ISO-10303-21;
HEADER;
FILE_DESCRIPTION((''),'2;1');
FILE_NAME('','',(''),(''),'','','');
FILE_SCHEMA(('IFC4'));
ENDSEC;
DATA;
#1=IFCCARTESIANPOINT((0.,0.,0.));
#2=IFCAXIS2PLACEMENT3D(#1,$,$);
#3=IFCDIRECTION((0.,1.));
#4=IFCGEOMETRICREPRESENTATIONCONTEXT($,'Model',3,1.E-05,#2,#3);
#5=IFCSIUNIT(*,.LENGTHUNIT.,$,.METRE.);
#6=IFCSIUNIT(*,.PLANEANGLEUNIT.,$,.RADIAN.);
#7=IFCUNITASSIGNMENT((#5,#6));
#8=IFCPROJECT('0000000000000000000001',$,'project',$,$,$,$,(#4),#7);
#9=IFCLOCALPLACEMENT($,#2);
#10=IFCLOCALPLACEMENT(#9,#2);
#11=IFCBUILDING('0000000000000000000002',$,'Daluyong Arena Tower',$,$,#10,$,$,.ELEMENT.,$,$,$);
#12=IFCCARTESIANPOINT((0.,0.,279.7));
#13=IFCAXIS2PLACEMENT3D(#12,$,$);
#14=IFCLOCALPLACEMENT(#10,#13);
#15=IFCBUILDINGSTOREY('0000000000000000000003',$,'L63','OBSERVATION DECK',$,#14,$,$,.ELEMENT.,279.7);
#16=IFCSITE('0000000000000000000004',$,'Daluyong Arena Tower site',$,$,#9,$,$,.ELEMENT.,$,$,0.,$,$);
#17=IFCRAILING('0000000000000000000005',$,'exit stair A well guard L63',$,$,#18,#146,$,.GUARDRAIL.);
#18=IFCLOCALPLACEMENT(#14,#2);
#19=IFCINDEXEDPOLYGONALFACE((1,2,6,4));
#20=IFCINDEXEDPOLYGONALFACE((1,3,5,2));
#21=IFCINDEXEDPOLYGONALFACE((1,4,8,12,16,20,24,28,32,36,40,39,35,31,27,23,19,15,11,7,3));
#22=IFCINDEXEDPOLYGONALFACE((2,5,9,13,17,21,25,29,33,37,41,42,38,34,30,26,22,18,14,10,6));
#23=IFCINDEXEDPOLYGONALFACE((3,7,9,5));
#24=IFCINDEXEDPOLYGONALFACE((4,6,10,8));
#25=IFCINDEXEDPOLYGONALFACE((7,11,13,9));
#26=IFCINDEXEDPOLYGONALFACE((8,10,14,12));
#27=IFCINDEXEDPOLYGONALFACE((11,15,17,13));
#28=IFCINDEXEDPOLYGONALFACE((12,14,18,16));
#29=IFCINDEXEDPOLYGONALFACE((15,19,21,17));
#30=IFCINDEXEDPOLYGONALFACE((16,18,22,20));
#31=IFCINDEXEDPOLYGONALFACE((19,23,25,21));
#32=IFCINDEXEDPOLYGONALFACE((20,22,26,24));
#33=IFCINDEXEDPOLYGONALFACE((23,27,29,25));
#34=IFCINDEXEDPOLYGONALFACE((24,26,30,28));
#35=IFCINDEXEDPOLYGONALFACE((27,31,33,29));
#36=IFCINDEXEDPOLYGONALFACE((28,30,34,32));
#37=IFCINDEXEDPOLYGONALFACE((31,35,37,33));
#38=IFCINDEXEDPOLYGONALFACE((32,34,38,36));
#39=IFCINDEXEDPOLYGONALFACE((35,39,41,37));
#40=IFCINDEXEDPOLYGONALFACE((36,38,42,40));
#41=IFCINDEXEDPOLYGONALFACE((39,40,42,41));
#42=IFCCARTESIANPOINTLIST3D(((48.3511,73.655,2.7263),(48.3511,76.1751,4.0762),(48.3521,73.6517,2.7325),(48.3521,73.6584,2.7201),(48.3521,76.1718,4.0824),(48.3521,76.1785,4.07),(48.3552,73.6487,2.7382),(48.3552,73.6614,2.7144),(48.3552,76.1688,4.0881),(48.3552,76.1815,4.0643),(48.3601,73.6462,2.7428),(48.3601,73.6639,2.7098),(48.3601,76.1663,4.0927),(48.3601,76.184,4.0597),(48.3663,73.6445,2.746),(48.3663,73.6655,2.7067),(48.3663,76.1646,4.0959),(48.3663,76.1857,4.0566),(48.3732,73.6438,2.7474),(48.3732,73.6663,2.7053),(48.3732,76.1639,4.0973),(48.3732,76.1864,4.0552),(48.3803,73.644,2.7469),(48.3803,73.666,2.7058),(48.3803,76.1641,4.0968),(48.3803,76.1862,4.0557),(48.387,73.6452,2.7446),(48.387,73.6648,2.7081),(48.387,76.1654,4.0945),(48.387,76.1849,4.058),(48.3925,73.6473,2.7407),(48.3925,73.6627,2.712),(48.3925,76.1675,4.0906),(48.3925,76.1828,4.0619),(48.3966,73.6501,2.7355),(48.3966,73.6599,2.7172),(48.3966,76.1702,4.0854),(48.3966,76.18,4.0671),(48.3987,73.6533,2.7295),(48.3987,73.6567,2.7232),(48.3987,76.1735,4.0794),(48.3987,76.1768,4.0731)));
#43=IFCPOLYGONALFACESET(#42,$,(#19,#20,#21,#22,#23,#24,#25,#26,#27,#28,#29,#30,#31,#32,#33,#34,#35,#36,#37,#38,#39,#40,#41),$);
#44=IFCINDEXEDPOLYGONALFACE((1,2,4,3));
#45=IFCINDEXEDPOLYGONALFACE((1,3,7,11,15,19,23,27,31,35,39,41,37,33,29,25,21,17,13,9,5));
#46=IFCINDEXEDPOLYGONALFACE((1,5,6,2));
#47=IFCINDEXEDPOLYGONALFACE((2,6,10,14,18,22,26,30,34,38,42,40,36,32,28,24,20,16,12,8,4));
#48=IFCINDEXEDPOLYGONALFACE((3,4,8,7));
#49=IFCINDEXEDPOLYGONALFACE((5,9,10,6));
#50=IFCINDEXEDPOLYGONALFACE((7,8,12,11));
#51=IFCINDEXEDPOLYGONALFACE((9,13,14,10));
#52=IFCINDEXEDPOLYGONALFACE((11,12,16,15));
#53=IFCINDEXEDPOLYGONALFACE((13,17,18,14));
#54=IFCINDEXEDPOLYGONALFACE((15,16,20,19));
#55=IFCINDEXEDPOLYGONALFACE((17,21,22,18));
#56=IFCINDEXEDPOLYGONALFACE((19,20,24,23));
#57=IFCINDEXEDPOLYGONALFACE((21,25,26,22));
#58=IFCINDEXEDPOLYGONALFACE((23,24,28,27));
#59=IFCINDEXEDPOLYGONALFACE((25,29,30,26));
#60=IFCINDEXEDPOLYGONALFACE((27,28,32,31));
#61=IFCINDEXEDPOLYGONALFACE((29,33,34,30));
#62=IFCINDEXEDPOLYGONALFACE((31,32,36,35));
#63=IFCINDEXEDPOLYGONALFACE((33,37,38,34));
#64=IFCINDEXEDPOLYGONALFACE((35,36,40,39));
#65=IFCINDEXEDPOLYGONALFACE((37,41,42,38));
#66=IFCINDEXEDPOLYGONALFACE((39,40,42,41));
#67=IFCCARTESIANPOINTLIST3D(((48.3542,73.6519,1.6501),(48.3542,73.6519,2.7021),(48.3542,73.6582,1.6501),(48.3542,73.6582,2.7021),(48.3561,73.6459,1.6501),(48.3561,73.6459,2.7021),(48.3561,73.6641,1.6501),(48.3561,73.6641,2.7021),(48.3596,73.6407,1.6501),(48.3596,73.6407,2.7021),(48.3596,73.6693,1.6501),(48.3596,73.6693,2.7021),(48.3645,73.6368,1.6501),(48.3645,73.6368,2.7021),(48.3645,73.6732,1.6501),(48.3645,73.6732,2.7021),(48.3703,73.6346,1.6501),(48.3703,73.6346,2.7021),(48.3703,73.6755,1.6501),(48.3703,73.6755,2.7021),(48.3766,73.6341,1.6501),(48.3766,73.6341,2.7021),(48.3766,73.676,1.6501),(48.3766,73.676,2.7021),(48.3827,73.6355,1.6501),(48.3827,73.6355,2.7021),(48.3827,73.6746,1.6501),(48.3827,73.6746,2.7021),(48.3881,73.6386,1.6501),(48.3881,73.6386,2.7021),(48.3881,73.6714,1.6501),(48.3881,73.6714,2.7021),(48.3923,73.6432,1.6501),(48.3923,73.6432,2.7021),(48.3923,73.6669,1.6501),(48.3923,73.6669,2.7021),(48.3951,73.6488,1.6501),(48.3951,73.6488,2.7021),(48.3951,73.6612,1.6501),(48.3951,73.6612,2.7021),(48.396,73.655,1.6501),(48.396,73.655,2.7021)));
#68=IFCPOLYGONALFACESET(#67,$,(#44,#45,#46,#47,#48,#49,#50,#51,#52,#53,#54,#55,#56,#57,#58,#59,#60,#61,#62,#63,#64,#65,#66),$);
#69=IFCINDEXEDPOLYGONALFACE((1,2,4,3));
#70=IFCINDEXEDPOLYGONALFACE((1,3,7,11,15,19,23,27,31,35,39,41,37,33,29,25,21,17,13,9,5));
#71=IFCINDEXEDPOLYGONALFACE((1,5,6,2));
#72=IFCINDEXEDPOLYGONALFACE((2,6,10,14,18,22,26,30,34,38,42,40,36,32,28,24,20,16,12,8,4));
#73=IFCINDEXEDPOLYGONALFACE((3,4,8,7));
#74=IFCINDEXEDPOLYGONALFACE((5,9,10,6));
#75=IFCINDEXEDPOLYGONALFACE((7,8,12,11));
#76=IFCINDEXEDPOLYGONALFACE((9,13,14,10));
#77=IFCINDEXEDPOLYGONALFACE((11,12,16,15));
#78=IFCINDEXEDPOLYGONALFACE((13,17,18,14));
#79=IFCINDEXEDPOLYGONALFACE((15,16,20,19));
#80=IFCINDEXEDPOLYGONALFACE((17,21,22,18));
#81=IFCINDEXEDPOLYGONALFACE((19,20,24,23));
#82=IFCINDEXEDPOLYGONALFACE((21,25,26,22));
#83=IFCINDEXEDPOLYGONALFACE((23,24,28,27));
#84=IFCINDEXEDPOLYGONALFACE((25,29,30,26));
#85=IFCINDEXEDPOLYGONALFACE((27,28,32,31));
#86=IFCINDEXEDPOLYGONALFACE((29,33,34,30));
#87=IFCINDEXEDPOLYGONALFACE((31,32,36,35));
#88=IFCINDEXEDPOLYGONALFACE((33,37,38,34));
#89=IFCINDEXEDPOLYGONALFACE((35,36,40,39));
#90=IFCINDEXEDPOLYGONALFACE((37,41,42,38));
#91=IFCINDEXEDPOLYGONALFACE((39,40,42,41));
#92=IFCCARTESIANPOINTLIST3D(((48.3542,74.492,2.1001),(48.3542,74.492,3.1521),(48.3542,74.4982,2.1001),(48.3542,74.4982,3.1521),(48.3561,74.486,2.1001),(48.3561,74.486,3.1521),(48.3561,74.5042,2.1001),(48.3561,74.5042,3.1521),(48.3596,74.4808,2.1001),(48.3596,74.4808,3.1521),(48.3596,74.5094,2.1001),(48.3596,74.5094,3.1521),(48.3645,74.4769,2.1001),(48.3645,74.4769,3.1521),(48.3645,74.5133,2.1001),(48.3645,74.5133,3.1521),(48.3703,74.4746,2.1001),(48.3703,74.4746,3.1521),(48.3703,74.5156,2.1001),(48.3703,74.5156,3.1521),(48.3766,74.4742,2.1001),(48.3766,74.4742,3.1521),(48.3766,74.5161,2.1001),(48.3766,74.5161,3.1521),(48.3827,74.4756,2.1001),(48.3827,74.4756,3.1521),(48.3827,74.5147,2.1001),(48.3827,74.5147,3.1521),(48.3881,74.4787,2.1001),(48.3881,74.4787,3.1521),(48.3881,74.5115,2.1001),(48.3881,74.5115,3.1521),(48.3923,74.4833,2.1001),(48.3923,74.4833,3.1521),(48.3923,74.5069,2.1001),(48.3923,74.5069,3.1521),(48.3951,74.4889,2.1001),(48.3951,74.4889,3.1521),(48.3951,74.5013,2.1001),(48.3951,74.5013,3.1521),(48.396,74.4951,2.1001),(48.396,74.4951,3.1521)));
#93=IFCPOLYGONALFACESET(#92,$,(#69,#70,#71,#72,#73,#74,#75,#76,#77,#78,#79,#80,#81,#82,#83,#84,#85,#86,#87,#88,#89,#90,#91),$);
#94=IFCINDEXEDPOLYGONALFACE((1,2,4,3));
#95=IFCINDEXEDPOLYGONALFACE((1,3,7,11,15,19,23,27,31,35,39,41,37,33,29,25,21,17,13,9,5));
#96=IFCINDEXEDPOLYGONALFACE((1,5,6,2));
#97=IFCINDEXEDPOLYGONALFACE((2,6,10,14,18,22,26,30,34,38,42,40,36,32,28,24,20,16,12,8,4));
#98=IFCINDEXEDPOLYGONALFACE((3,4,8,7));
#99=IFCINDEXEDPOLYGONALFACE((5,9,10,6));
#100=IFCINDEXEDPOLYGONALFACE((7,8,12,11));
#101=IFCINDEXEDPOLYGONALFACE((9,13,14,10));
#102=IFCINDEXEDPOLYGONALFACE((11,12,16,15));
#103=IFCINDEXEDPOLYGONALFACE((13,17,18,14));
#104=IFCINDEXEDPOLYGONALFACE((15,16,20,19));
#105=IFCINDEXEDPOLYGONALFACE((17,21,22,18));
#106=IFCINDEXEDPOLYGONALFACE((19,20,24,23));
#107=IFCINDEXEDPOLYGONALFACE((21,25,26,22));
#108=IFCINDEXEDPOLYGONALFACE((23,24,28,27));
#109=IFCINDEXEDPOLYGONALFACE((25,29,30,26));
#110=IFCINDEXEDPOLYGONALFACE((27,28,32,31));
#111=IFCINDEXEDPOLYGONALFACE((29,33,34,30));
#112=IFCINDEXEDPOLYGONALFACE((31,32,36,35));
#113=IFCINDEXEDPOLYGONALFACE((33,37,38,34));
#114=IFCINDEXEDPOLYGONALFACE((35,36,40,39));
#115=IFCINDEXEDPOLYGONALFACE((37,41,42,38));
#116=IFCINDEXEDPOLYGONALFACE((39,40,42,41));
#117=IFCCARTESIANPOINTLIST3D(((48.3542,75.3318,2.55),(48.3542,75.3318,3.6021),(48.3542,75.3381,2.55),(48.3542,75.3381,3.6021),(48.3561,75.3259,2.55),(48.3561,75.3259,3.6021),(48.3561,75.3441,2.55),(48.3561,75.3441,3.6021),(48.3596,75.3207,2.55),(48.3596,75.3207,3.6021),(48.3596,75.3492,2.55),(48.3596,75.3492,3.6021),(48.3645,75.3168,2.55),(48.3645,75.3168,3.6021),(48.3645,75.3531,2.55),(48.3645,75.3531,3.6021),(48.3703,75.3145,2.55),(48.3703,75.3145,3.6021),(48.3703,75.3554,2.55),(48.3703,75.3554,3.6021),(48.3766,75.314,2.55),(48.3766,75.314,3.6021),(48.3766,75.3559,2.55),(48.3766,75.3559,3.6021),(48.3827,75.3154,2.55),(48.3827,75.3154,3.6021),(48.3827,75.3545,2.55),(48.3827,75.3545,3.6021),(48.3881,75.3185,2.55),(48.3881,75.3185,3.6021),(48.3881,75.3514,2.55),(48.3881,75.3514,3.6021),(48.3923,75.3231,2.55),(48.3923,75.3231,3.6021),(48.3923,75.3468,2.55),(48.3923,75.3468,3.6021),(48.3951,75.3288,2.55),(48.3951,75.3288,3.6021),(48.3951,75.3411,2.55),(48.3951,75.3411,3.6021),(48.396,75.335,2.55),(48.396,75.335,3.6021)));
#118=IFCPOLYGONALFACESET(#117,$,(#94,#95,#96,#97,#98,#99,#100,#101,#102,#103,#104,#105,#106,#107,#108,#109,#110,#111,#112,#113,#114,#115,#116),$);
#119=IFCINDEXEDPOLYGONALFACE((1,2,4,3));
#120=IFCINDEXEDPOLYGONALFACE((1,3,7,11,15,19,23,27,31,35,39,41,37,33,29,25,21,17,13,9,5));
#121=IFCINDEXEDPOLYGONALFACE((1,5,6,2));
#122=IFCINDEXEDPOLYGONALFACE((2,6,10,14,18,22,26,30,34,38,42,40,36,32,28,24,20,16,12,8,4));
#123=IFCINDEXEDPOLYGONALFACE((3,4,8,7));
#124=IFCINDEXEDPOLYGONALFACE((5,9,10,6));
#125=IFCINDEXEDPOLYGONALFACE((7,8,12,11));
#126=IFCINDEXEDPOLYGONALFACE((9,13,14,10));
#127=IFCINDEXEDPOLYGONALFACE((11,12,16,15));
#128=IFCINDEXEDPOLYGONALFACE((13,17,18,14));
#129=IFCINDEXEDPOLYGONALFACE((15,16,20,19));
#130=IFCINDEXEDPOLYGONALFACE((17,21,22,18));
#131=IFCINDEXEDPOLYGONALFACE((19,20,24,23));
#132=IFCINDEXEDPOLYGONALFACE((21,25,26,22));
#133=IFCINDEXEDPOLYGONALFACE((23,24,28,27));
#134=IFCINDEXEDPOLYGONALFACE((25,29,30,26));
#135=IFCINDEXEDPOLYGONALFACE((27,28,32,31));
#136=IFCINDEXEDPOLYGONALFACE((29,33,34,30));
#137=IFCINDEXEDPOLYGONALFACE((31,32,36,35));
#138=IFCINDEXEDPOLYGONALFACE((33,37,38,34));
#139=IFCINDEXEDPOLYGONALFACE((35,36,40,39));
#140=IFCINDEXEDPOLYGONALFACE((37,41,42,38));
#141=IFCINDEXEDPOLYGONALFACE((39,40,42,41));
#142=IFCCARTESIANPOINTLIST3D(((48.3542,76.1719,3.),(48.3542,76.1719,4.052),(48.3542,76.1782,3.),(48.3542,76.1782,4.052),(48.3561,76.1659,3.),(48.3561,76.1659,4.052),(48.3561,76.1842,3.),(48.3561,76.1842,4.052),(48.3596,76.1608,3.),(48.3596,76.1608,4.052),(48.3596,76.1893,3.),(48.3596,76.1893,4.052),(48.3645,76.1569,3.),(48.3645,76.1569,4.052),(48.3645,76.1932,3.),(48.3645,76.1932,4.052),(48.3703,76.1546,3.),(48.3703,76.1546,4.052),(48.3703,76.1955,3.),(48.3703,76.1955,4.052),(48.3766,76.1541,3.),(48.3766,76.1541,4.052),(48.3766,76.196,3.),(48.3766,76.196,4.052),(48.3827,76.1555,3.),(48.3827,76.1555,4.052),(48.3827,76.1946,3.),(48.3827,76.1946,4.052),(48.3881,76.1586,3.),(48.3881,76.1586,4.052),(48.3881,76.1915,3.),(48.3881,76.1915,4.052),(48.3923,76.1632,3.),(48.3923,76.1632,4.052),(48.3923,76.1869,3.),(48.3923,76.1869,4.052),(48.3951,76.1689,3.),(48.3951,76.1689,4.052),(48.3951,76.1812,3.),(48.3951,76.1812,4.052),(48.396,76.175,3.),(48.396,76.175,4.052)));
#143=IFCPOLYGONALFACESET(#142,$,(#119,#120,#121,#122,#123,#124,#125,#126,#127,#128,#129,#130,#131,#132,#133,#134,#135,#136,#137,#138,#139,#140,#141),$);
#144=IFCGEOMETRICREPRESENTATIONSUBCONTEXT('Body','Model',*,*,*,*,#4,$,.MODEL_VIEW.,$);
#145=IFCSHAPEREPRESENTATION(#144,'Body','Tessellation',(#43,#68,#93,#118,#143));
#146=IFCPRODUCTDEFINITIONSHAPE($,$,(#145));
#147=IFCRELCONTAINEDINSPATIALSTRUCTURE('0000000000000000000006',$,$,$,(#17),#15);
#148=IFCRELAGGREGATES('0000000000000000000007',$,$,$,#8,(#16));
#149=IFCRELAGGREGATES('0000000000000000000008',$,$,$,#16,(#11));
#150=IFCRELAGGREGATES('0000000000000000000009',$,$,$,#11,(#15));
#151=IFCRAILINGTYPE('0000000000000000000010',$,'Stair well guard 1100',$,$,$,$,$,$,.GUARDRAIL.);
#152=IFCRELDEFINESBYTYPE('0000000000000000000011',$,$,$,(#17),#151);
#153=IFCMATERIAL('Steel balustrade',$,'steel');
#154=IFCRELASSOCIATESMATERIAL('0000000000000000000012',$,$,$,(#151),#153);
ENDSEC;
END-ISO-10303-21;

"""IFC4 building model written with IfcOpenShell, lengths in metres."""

from ifc_helpers import new_model, si_unit, direction, frame, origin, origin_2d, place, context, subcontext, project, spatial, circle, extrude, material, type_object, element, save


model = new_model("IFC4")

# Units and contexts
model_context = context("Model", 3, precision=1e-05, world=origin(), true_north=direction((0.0, 1.0)))
body_context = subcontext(model_context, "Body", "Model", "MODEL_VIEW")
ifc_project = project(units=[si_unit("LENGTHUNIT", "METRE"), si_unit("PLANEANGLEUNIT", "RADIAN")], contexts=[model_context])

# Site, building, storey
site_placement = place(None, origin())
site = spatial("IfcSite", under=ifc_project, at=site_placement, Name="Daluyong Arena Tower site", CompositionType="ELEMENT", RefElevation=0.0)
building_placement = place(site_placement, origin())
building = spatial("IfcBuilding", under=site, at=building_placement, Name="Daluyong Arena Tower", CompositionType="ELEMENT")
storey_placement = place(building_placement, frame((0.0, 0.0, 279.7)))
storey = spatial("IfcBuildingStorey", under=building, at=storey_placement, Name="L63", Description="OBSERVATION DECK", CompositionType="ELEMENT", Elevation=279.7)

# Railing
ifc_material_1 = material(Name="Steel balustrade", Category="steel")
railing_type_1 = type_object("IfcRailingType", Name="Stair well guard 1100", PredefinedType="GUARDRAIL", material=ifc_material_1)
railing_1_placement = place(storey_placement, frame((48.375, 73.655, 1.6501)))
element("IfcRailing", 1, at=railing_1_placement, inside=storey, type_object=railing_type_1, Name="exit stair A well guard L63", PredefinedType="GUARDRAIL", context=body_context, shape_type="SweptSolid", body=[
    extrude(circle(Radius=0.0239, at=origin_2d()), frame((0.0, 0.0, 1.0762), z_axis=(0.0, 0.881503, 0.472179), x_axis=(-1.0, 0.0, 0.0)), (0.0, 0.0, 1.0), 2.8589),
    extrude(circle(Radius=0.021, at=origin_2d()), origin(), (0.0, 0.0, 1.0), 1.052),
    extrude(circle(Radius=0.021, at=origin_2d()), frame((0.0, 0.8401, 0.45)), (0.0, 0.0, 1.0), 1.052),
    extrude(circle(Radius=0.021, at=origin_2d()), frame((0.0, 1.6799, 0.8999)), (0.0, 0.0, 1.0), 1.052),
    extrude(circle(Radius=0.021, at=origin_2d()), frame((0.0, 2.52, 1.3499)), (0.0, 0.0, 1.0), 1.052),
])

save(model, "model.ifc")
